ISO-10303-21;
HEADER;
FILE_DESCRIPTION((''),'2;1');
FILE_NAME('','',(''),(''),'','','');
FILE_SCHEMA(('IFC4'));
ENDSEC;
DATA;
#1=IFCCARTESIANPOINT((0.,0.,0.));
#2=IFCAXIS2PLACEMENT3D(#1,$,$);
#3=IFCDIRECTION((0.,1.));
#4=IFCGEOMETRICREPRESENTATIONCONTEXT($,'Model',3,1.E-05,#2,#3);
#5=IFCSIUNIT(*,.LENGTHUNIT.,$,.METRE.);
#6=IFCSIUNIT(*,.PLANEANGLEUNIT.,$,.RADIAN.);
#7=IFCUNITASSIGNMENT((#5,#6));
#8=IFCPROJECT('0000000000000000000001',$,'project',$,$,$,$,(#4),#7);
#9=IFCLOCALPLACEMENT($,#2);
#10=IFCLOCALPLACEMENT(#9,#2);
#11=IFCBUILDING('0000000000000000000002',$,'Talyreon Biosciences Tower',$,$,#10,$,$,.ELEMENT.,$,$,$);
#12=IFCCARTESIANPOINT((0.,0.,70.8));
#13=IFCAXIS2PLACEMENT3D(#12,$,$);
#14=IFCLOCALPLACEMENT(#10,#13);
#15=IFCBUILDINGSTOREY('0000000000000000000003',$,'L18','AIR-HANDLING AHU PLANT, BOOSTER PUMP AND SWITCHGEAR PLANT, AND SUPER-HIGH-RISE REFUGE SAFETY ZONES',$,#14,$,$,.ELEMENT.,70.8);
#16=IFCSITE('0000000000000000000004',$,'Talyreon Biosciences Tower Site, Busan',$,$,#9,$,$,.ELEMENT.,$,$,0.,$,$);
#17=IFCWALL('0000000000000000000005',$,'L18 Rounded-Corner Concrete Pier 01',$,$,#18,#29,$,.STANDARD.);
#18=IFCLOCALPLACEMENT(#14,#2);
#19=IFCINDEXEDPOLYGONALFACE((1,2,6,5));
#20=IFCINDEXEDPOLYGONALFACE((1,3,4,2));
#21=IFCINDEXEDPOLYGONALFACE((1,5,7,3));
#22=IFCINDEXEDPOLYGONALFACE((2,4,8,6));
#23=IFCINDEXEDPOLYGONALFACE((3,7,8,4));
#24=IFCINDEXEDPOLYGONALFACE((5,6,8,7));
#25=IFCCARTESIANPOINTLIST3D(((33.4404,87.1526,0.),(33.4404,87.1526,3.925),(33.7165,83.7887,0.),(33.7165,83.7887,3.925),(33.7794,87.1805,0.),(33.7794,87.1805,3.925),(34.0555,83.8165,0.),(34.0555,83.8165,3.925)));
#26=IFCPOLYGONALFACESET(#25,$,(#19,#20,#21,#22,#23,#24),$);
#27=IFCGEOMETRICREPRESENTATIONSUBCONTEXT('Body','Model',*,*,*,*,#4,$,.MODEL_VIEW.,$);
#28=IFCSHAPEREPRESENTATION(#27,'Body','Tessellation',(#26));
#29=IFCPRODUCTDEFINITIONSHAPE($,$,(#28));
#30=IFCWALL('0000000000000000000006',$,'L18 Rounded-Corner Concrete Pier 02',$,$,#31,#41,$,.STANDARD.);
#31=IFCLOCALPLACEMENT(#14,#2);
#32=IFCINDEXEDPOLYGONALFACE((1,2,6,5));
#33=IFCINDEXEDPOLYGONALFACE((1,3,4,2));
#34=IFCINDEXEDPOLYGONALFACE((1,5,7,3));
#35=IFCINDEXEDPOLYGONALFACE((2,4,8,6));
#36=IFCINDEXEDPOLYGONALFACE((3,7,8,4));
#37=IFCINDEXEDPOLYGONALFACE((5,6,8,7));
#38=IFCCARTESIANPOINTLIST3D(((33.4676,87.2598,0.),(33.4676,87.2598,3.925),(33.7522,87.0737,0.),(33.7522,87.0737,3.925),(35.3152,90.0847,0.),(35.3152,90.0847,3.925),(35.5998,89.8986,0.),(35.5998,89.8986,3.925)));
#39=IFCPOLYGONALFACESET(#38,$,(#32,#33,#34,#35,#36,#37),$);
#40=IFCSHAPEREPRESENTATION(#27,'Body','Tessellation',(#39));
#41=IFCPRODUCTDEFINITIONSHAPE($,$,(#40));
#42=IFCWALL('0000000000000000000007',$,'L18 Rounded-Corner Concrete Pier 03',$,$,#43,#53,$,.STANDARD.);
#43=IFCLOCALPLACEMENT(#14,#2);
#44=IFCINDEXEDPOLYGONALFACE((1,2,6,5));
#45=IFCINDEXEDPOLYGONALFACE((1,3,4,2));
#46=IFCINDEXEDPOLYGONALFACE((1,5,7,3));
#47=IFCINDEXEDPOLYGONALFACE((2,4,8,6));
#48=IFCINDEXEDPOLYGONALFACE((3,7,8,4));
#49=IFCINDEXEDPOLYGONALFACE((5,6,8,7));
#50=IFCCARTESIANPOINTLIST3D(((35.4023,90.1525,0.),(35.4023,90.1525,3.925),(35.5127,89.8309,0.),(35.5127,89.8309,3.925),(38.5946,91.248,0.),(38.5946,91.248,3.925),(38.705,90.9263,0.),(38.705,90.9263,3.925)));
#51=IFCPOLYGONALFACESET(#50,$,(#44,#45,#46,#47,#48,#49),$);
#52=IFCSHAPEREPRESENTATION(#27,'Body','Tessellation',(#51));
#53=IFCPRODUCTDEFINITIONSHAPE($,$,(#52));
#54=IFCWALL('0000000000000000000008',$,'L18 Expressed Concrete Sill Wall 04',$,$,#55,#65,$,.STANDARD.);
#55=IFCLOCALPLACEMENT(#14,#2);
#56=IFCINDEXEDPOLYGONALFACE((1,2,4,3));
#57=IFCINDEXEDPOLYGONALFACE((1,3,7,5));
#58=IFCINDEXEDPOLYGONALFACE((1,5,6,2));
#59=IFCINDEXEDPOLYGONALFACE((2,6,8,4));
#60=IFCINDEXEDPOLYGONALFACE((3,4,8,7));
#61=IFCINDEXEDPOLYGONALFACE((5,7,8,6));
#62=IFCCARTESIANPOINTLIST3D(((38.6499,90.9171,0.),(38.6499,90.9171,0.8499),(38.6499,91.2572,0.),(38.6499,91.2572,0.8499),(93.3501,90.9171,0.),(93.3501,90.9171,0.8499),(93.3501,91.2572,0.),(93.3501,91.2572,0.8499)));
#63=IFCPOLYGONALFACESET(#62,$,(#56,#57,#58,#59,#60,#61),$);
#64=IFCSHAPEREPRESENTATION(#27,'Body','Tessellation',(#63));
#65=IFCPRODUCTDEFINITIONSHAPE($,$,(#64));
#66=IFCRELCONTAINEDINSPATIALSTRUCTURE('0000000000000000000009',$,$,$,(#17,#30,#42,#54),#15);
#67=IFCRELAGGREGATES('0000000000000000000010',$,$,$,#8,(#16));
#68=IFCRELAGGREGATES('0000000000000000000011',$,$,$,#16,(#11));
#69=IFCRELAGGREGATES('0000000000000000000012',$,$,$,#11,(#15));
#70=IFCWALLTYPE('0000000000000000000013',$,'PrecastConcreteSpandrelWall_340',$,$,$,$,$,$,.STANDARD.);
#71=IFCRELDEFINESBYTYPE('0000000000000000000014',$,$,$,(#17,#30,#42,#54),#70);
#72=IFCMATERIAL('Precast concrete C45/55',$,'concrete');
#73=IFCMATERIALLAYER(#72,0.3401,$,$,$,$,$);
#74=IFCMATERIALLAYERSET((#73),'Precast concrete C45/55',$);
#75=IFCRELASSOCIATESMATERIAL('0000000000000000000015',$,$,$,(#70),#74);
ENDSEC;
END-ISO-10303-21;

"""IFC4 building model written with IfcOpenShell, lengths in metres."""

from ifc_helpers import new_model, si_unit, direction, frame, frame_2d, origin, place, context, subcontext, project, spatial, rectangle, extrude, material, layer, layer_set, type_object, element, save


model = new_model("IFC4")

# Units and contexts
model_context = context("Model", 3, precision=1e-05, world=origin(), true_north=direction((0.0, 1.0)))
body_context = subcontext(model_context, "Body", "Model", "MODEL_VIEW")
ifc_project = project(units=[si_unit("LENGTHUNIT", "METRE"), si_unit("PLANEANGLEUNIT", "RADIAN")], contexts=[model_context])

# Site, building, storey
site_placement = place(None, origin())
site = spatial("IfcSite", under=ifc_project, at=site_placement, Name="Talyreon Biosciences Tower Site, Busan", CompositionType="ELEMENT", RefElevation=0.0)
building_placement = place(site_placement, origin())
building = spatial("IfcBuilding", under=site, at=building_placement, Name="Talyreon Biosciences Tower", CompositionType="ELEMENT")
storey_placement = place(building_placement, frame((0.0, 0.0, 70.8)))
storey = spatial("IfcBuildingStorey", under=building, at=storey_placement, Name="L18", Description="AIR-HANDLING AHU PLANT, BOOSTER PUMP AND SWITCHGEAR PLANT, AND SUPER-HIGH-RISE REFUGE SAFETY ZONES", CompositionType="ELEMENT", Elevation=70.8)

# Shared definitions
ifc_material_1 = material(Name="Precast concrete C45/55", Category="concrete")

# Walls
ifc_layer_1 = layer(ifc_material_1, 0.3401)
ifc_layer_set_1 = layer_set([ifc_layer_1], Name="Precast concrete C45/55")
wall_type = type_object("IfcWallType", Name="PrecastConcreteSpandrelWall_340", PredefinedType="STANDARD", material=ifc_layer_set_1)
wall_1_placement = place(storey_placement, frame((33.886, 83.8027, 0.0), z_axis=(0.0, 0.0, 1.0), x_axis=(-0.081806, 0.996648, 0.0)))
element("IfcWall", 1, at=wall_1_placement, inside=storey, type_object=wall_type, Name="L18 Rounded-Corner Concrete Pier 01", PredefinedType="STANDARD", context=body_context, shape_type="SweptSolid", body=[
    extrude(rectangle(XDim=3.3752, YDim=0.3401, at=frame_2d((1.6875, 0.0))), origin(), (0.0, 0.0, 1.0), 3.925),
])
wall_2_placement = place(storey_placement, frame((33.6099, 87.1667, 0.0), z_axis=(0.0, 0.0, 1.0), x_axis=(0.547368, 0.836892, 0.0)))
element("IfcWall", 2, at=wall_2_placement, inside=storey, type_object=wall_type, Name="L18 Rounded-Corner Concrete Pier 02", PredefinedType="STANDARD", context=body_context, shape_type="SweptSolid", body=[
    extrude(rectangle(XDim=3.3755, YDim=0.3401, at=frame_2d((1.6877, 0.0))), origin(), (0.0, 0.0, 1.0), 3.925),
])
wall_3_placement = place(storey_placement, frame((35.4575, 89.9917, 0.0), z_axis=(0.0, 0.0, 1.0), x_axis=(0.945862, 0.32457, 0.0)))
element("IfcWall", 3, at=wall_3_placement, inside=storey, type_object=wall_type, Name="L18 Rounded-Corner Concrete Pier 03", PredefinedType="STANDARD", context=body_context, shape_type="SweptSolid", body=[
    extrude(rectangle(XDim=3.375, YDim=0.3401, at=frame_2d((1.6875, 0.0))), origin(), (0.0, 0.0, 1.0), 3.925),
])
wall_4_placement = place(storey_placement, frame((38.6499, 91.0872, 0.0), z_axis=(0.0, 0.0, 1.0), x_axis=(1.0, 0.0, 0.0)))
element("IfcWall", 4, at=wall_4_placement, inside=storey, type_object=wall_type, Name="L18 Expressed Concrete Sill Wall 04", PredefinedType="STANDARD", context=body_context, shape_type="SweptSolid", body=[
    extrude(rectangle(XDim=54.7002, YDim=0.3401, at=frame_2d((27.3501, 0.0))), origin(), (0.0, 0.0, 1.0), 0.8499),
])

save(model, "model.ifc")
